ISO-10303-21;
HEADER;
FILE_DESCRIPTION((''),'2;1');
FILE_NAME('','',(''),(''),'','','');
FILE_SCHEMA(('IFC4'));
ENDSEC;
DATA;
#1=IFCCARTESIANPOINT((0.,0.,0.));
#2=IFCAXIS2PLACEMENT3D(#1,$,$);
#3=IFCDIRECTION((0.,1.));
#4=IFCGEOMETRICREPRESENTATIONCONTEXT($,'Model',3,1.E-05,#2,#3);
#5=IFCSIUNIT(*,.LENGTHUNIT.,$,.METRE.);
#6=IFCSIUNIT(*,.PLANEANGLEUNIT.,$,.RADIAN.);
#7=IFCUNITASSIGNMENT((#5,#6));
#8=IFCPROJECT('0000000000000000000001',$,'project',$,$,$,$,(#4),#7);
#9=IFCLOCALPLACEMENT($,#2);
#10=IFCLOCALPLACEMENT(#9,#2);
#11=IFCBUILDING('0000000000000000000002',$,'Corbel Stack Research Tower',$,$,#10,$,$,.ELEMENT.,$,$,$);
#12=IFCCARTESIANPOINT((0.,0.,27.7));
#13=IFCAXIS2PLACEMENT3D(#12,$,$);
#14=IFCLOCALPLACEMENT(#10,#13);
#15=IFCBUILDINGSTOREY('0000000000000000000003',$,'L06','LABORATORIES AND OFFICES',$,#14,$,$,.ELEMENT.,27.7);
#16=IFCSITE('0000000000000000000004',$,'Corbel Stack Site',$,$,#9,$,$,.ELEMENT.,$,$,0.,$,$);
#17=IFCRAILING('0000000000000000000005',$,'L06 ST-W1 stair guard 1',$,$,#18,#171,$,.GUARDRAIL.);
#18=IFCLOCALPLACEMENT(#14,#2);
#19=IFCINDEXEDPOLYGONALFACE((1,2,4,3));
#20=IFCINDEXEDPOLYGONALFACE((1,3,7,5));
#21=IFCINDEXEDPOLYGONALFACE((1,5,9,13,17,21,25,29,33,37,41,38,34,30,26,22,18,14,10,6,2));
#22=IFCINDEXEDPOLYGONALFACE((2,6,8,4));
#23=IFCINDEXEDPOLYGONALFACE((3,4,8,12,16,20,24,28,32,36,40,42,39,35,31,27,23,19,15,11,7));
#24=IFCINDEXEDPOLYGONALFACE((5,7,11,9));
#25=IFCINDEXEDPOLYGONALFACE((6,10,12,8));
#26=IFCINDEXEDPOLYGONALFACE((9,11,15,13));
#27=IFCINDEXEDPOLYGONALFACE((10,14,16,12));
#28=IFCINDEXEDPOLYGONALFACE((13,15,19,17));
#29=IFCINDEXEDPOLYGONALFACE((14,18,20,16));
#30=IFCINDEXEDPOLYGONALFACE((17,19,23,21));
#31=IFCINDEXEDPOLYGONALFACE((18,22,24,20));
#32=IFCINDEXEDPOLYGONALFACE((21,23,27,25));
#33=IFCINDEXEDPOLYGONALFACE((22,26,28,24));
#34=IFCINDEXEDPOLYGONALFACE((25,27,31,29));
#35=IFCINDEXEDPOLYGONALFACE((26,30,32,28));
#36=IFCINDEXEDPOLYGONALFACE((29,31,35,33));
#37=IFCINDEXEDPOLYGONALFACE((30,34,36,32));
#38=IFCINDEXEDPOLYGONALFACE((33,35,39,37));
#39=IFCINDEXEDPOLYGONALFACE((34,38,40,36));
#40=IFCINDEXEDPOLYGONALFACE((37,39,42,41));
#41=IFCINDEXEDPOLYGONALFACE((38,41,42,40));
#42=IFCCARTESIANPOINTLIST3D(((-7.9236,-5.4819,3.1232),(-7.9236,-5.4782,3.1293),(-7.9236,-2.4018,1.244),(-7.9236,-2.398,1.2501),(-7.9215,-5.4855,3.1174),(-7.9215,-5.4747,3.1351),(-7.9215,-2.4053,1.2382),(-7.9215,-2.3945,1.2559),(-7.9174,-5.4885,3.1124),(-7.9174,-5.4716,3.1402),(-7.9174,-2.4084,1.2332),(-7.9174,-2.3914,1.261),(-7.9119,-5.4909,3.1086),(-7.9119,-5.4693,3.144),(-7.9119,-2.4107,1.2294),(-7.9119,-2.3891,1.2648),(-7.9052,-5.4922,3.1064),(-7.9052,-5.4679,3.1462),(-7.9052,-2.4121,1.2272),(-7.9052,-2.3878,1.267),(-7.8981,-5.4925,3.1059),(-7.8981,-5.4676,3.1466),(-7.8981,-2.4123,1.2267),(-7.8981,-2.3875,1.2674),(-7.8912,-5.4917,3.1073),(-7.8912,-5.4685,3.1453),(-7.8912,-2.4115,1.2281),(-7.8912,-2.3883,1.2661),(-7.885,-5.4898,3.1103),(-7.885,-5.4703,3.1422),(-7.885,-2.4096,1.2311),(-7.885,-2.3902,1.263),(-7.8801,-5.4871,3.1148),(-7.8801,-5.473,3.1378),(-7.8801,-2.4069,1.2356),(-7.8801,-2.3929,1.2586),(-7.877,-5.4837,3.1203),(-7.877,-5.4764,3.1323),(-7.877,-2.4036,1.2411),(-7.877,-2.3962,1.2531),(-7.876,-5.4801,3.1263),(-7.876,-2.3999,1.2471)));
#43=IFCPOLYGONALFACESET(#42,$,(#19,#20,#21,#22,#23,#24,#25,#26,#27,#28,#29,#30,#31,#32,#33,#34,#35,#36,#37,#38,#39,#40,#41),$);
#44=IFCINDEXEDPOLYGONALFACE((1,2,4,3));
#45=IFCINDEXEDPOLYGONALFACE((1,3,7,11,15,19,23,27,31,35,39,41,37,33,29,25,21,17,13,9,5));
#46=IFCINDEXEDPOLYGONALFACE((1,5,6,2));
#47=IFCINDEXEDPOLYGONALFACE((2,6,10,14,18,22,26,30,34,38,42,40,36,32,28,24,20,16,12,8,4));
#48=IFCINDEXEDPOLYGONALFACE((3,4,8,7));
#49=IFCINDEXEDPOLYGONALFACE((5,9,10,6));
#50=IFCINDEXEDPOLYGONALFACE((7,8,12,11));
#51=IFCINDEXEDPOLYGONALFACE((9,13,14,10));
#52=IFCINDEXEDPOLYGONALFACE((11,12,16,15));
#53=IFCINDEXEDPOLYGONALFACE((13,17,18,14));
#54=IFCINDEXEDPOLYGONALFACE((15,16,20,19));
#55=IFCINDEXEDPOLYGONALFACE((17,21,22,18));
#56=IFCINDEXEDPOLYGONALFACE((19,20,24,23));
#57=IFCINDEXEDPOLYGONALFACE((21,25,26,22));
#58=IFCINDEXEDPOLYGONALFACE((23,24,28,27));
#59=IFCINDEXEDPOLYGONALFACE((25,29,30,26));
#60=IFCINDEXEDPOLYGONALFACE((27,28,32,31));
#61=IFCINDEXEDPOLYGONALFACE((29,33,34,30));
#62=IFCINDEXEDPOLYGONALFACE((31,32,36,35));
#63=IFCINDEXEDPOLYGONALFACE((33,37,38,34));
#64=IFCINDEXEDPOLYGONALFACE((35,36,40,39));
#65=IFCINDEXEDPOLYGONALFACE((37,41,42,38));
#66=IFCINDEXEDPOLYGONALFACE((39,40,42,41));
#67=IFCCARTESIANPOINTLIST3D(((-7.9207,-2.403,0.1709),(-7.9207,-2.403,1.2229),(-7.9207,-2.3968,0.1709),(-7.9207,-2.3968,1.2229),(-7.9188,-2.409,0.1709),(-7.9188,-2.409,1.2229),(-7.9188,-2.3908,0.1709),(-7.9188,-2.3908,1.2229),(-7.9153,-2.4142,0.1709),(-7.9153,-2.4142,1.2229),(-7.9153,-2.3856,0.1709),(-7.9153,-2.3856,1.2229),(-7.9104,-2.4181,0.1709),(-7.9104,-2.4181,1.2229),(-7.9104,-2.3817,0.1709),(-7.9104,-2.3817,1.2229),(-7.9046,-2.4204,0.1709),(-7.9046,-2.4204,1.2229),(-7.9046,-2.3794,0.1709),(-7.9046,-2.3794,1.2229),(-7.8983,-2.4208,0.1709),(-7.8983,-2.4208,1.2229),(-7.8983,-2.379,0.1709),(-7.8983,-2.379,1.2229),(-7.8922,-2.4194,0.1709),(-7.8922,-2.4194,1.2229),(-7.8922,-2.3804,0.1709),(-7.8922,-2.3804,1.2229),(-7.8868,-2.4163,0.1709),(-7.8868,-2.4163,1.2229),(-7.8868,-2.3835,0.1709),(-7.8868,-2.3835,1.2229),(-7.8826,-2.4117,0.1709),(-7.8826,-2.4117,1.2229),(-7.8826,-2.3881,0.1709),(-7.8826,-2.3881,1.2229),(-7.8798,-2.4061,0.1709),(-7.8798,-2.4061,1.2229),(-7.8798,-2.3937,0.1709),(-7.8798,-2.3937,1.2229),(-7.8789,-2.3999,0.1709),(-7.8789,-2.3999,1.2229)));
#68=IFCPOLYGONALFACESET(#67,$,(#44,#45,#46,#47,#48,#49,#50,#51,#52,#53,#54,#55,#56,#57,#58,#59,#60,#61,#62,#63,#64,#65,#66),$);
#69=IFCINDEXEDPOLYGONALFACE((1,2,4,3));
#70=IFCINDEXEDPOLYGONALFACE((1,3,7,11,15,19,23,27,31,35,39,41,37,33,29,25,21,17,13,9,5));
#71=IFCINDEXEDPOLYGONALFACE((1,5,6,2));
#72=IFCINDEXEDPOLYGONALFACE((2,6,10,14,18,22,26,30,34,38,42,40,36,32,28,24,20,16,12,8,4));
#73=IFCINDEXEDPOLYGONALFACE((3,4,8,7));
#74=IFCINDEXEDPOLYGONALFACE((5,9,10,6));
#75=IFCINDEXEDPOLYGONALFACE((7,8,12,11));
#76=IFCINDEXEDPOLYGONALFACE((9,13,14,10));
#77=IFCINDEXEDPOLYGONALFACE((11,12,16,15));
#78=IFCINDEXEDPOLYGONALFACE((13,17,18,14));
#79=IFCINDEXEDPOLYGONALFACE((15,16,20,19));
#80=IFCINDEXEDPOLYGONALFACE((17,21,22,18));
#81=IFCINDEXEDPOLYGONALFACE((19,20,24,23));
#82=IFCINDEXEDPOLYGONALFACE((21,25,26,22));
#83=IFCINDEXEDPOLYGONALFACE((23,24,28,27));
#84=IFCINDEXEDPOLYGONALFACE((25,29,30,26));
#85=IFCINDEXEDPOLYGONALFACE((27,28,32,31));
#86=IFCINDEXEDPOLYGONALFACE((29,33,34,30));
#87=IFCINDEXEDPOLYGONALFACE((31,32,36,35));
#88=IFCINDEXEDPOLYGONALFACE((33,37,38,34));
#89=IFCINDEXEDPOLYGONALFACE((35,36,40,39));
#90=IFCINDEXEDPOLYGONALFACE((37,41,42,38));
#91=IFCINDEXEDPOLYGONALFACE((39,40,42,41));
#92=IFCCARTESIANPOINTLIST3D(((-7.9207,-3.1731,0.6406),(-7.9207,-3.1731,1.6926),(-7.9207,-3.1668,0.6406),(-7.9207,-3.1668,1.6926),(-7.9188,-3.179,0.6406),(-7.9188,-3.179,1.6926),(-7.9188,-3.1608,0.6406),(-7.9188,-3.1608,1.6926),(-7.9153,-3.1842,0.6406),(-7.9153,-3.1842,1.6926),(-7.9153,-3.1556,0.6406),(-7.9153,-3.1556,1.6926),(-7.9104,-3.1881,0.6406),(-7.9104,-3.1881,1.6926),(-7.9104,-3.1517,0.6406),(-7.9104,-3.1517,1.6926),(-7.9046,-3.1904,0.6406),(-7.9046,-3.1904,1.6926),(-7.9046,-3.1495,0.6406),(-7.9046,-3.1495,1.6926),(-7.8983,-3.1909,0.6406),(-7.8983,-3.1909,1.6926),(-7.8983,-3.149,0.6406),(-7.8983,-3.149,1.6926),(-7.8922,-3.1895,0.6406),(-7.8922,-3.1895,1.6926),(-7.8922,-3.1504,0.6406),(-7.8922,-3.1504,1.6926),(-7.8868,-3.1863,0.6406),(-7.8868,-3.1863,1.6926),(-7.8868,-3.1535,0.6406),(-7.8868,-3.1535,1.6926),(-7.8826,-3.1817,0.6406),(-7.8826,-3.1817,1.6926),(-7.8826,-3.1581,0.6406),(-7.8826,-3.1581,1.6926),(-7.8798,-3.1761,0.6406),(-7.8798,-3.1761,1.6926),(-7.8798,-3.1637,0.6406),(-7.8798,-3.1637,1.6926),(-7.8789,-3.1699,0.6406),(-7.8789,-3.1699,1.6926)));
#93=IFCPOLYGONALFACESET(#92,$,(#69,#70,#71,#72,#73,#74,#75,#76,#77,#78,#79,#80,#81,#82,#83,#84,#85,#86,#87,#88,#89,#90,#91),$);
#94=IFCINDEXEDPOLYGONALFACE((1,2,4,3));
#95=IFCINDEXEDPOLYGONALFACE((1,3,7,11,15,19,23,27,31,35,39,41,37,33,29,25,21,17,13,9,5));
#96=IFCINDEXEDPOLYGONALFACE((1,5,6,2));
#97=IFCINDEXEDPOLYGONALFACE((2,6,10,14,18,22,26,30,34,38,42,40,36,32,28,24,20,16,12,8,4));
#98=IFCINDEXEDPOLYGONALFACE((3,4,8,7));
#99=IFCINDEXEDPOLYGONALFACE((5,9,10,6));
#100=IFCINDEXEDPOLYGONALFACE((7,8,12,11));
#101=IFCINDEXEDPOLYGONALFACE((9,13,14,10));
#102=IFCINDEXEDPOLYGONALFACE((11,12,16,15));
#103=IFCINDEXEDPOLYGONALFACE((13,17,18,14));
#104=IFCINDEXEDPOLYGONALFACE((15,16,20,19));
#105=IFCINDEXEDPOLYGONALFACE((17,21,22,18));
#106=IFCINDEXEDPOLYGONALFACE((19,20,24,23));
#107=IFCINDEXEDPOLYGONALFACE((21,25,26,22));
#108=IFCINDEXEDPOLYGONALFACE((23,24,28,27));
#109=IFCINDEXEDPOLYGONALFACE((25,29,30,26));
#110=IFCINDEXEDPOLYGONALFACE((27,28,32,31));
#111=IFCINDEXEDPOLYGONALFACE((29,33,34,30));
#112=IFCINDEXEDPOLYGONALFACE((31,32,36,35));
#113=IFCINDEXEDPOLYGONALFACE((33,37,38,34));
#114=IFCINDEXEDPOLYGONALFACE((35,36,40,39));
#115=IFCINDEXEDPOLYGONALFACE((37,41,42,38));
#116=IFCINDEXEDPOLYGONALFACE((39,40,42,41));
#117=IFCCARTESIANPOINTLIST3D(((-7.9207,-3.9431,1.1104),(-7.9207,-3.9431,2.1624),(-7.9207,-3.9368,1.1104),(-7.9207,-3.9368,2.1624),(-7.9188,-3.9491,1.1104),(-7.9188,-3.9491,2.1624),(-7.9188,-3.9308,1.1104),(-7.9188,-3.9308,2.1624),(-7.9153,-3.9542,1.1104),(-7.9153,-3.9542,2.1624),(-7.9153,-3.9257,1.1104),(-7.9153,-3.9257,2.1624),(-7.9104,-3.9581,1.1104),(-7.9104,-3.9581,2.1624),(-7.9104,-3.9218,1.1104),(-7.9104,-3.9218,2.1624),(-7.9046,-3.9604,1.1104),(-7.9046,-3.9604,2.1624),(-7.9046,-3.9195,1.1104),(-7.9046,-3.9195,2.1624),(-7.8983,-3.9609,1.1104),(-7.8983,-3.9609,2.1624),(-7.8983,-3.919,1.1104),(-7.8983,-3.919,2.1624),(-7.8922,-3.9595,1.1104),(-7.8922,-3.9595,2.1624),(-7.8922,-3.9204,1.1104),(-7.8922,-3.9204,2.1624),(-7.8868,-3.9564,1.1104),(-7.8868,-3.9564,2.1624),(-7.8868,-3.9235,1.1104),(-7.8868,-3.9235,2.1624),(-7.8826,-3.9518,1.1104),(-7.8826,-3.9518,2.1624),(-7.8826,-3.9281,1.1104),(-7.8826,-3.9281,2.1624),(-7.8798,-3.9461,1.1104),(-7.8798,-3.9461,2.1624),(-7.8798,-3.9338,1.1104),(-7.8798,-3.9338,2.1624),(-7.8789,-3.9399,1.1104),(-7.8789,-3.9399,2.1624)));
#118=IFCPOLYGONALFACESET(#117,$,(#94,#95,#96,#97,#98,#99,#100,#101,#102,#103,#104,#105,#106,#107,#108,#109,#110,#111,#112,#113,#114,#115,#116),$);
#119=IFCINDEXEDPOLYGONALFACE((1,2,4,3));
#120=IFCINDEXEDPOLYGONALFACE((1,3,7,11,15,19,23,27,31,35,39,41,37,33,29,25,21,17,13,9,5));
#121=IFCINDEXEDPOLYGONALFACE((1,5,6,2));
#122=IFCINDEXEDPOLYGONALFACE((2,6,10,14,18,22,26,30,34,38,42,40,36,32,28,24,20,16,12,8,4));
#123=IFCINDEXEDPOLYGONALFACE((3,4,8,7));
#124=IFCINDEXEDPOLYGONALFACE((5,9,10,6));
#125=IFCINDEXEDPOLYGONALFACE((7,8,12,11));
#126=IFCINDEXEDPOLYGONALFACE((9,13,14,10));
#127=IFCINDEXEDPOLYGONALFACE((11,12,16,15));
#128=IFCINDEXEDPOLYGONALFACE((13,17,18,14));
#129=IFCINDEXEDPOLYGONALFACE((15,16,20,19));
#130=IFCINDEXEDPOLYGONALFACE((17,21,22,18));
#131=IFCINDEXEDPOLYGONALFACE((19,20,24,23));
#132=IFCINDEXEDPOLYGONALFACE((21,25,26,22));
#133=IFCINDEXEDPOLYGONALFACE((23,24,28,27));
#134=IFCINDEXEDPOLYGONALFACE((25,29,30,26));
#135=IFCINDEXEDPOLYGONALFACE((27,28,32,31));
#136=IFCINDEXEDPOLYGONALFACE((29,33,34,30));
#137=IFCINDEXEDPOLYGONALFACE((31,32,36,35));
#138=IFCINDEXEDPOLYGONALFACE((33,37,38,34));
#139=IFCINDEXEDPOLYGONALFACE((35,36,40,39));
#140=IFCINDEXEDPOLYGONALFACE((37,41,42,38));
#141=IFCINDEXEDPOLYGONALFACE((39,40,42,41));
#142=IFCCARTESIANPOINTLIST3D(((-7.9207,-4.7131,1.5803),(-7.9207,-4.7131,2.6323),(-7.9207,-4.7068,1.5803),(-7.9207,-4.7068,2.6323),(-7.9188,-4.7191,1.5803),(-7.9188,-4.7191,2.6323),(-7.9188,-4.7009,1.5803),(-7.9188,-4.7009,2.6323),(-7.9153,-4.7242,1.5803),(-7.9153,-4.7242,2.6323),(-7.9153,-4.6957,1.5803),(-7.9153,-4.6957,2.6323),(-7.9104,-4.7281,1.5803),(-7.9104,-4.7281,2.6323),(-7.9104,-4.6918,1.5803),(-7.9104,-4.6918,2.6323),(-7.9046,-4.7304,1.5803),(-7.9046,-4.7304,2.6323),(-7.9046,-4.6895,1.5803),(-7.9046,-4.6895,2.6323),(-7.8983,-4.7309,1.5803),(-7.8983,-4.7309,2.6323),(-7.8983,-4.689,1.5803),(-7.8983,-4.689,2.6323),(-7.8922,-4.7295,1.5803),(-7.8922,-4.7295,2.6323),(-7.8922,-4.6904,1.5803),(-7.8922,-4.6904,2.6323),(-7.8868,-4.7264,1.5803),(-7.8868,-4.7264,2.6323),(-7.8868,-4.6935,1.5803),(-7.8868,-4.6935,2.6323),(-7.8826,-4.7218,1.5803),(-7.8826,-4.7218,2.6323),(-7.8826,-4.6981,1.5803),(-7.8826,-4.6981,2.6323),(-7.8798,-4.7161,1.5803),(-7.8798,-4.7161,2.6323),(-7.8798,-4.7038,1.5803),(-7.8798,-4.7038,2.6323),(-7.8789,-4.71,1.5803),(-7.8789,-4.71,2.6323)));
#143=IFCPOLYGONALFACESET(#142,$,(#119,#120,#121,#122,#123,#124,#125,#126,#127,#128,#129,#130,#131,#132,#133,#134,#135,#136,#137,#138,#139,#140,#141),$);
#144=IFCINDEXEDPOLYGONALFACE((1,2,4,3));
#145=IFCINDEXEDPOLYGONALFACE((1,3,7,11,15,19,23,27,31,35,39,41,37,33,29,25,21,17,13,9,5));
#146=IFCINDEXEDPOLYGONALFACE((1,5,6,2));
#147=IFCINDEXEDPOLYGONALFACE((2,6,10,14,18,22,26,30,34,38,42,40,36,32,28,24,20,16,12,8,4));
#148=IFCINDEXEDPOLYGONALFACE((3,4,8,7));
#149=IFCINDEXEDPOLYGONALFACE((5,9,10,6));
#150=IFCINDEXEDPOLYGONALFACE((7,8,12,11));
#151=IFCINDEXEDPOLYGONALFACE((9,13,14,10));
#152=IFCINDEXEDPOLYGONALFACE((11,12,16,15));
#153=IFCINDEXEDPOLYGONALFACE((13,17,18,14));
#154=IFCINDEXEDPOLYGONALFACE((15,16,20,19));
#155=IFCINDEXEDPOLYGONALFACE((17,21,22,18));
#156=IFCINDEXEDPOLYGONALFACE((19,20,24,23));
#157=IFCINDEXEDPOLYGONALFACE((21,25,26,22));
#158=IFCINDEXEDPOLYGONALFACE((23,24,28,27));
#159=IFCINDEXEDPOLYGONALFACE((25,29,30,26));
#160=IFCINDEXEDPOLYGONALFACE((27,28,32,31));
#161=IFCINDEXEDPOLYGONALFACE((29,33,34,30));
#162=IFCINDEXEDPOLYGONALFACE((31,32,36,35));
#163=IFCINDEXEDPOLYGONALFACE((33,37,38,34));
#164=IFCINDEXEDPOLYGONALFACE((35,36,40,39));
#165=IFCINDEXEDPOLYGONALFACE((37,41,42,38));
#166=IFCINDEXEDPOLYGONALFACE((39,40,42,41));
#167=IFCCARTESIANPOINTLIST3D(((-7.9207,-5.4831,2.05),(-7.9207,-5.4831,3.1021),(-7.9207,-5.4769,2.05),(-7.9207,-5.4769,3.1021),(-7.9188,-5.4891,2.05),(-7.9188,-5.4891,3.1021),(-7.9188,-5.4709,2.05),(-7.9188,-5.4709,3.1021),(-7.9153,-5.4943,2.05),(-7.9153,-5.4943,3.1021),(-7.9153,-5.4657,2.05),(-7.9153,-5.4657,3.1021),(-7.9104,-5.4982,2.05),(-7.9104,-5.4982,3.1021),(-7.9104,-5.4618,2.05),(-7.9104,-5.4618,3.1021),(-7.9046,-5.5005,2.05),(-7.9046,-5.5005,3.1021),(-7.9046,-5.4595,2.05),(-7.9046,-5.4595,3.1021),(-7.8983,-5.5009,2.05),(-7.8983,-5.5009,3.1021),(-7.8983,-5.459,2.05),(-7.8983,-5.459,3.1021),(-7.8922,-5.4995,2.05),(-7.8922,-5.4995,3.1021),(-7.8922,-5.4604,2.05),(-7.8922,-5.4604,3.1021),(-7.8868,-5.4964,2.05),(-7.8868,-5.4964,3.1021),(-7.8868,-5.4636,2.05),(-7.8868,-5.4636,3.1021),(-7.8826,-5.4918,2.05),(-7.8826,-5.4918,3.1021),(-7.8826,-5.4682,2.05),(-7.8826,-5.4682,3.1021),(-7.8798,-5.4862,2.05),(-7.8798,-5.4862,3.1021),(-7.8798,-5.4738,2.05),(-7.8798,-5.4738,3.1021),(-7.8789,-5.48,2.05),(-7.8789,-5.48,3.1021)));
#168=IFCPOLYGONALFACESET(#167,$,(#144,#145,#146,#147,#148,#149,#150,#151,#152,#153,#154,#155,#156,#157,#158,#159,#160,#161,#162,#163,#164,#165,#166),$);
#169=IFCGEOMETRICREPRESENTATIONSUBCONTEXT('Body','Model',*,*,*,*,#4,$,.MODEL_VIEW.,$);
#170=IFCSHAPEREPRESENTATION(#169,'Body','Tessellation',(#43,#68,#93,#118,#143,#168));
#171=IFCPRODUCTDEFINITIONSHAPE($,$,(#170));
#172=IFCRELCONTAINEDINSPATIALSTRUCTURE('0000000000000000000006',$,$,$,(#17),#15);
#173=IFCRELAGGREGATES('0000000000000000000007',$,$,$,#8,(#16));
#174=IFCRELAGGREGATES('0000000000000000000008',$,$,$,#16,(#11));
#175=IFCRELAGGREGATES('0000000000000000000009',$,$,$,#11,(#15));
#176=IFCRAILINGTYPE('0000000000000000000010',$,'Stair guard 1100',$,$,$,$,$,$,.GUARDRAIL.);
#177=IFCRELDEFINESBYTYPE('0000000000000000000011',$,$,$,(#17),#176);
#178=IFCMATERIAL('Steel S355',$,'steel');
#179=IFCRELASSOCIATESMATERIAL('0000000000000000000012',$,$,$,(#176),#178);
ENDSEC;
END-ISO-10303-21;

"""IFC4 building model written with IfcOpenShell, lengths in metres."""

from ifc_helpers import new_model, si_unit, direction, frame, origin, origin_2d, place, context, subcontext, project, spatial, circle, extrude, material, type_object, element, save


model = new_model("IFC4")

# Units and contexts
model_context = context("Model", 3, precision=1e-05, world=origin(), true_north=direction((0.0, 1.0)))
body_context = subcontext(model_context, "Body", "Model", "MODEL_VIEW")
ifc_project = project(units=[si_unit("LENGTHUNIT", "METRE"), si_unit("PLANEANGLEUNIT", "RADIAN")], contexts=[model_context])

# Site, building, storey
site_placement = place(None, origin())
site = spatial("IfcSite", under=ifc_project, at=site_placement, Name="Corbel Stack Site", CompositionType="ELEMENT", RefElevation=0.0)
building_placement = place(site_placement, origin())
building = spatial("IfcBuilding", under=site, at=building_placement, Name="Corbel Stack Research Tower", CompositionType="ELEMENT")
storey_placement = place(building_placement, frame((0.0, 0.0, 27.7)))
storey = spatial("IfcBuildingStorey", under=building, at=storey_placement, Name="L06", Description="LABORATORIES AND OFFICES", CompositionType="ELEMENT", Elevation=27.7)

# Railing
ifc_material_1 = material(Name="Steel S355", Category="steel")
railing_type_1 = type_object("IfcRailingType", Name="Stair guard 1100", PredefinedType="GUARDRAIL", material=ifc_material_1)
railing_1_placement = place(storey_placement, frame((-7.8999, -2.3999, 0.1709)))
element("IfcRailing", 1, at=railing_1_placement, inside=storey, type_object=railing_type_1, Name="L06 ST-W1 stair guard 1", PredefinedType="GUARDRAIL", context=body_context, shape_type="SweptSolid", body=[
    extrude(circle(Radius=0.0239, at=origin_2d()), frame((0.0, 0.0, 1.0762), z_axis=(0.0, -0.853666, 0.52082), x_axis=(1.0, 0.0, 0.0)), (0.0, 0.0, 1.0), 3.6082),
    extrude(circle(Radius=0.021, at=origin_2d()), origin(), (0.0, 0.0, 1.0), 1.052),
    extrude(circle(Radius=0.021, at=origin_2d()), frame((0.0, -0.77, 0.4697)), (0.0, 0.0, 1.0), 1.052),
    extrude(circle(Radius=0.021, at=origin_2d()), frame((0.0, -1.54, 0.9395)), (0.0, 0.0, 1.0), 1.052),
    extrude(circle(Radius=0.021, at=origin_2d()), frame((0.0, -2.3101, 1.4094)), (0.0, 0.0, 1.0), 1.052),
    extrude(circle(Radius=0.021, at=origin_2d()), frame((0.0, -3.0801, 1.8792)), (0.0, 0.0, 1.0), 1.052),
])

save(model, "model.ifc")
